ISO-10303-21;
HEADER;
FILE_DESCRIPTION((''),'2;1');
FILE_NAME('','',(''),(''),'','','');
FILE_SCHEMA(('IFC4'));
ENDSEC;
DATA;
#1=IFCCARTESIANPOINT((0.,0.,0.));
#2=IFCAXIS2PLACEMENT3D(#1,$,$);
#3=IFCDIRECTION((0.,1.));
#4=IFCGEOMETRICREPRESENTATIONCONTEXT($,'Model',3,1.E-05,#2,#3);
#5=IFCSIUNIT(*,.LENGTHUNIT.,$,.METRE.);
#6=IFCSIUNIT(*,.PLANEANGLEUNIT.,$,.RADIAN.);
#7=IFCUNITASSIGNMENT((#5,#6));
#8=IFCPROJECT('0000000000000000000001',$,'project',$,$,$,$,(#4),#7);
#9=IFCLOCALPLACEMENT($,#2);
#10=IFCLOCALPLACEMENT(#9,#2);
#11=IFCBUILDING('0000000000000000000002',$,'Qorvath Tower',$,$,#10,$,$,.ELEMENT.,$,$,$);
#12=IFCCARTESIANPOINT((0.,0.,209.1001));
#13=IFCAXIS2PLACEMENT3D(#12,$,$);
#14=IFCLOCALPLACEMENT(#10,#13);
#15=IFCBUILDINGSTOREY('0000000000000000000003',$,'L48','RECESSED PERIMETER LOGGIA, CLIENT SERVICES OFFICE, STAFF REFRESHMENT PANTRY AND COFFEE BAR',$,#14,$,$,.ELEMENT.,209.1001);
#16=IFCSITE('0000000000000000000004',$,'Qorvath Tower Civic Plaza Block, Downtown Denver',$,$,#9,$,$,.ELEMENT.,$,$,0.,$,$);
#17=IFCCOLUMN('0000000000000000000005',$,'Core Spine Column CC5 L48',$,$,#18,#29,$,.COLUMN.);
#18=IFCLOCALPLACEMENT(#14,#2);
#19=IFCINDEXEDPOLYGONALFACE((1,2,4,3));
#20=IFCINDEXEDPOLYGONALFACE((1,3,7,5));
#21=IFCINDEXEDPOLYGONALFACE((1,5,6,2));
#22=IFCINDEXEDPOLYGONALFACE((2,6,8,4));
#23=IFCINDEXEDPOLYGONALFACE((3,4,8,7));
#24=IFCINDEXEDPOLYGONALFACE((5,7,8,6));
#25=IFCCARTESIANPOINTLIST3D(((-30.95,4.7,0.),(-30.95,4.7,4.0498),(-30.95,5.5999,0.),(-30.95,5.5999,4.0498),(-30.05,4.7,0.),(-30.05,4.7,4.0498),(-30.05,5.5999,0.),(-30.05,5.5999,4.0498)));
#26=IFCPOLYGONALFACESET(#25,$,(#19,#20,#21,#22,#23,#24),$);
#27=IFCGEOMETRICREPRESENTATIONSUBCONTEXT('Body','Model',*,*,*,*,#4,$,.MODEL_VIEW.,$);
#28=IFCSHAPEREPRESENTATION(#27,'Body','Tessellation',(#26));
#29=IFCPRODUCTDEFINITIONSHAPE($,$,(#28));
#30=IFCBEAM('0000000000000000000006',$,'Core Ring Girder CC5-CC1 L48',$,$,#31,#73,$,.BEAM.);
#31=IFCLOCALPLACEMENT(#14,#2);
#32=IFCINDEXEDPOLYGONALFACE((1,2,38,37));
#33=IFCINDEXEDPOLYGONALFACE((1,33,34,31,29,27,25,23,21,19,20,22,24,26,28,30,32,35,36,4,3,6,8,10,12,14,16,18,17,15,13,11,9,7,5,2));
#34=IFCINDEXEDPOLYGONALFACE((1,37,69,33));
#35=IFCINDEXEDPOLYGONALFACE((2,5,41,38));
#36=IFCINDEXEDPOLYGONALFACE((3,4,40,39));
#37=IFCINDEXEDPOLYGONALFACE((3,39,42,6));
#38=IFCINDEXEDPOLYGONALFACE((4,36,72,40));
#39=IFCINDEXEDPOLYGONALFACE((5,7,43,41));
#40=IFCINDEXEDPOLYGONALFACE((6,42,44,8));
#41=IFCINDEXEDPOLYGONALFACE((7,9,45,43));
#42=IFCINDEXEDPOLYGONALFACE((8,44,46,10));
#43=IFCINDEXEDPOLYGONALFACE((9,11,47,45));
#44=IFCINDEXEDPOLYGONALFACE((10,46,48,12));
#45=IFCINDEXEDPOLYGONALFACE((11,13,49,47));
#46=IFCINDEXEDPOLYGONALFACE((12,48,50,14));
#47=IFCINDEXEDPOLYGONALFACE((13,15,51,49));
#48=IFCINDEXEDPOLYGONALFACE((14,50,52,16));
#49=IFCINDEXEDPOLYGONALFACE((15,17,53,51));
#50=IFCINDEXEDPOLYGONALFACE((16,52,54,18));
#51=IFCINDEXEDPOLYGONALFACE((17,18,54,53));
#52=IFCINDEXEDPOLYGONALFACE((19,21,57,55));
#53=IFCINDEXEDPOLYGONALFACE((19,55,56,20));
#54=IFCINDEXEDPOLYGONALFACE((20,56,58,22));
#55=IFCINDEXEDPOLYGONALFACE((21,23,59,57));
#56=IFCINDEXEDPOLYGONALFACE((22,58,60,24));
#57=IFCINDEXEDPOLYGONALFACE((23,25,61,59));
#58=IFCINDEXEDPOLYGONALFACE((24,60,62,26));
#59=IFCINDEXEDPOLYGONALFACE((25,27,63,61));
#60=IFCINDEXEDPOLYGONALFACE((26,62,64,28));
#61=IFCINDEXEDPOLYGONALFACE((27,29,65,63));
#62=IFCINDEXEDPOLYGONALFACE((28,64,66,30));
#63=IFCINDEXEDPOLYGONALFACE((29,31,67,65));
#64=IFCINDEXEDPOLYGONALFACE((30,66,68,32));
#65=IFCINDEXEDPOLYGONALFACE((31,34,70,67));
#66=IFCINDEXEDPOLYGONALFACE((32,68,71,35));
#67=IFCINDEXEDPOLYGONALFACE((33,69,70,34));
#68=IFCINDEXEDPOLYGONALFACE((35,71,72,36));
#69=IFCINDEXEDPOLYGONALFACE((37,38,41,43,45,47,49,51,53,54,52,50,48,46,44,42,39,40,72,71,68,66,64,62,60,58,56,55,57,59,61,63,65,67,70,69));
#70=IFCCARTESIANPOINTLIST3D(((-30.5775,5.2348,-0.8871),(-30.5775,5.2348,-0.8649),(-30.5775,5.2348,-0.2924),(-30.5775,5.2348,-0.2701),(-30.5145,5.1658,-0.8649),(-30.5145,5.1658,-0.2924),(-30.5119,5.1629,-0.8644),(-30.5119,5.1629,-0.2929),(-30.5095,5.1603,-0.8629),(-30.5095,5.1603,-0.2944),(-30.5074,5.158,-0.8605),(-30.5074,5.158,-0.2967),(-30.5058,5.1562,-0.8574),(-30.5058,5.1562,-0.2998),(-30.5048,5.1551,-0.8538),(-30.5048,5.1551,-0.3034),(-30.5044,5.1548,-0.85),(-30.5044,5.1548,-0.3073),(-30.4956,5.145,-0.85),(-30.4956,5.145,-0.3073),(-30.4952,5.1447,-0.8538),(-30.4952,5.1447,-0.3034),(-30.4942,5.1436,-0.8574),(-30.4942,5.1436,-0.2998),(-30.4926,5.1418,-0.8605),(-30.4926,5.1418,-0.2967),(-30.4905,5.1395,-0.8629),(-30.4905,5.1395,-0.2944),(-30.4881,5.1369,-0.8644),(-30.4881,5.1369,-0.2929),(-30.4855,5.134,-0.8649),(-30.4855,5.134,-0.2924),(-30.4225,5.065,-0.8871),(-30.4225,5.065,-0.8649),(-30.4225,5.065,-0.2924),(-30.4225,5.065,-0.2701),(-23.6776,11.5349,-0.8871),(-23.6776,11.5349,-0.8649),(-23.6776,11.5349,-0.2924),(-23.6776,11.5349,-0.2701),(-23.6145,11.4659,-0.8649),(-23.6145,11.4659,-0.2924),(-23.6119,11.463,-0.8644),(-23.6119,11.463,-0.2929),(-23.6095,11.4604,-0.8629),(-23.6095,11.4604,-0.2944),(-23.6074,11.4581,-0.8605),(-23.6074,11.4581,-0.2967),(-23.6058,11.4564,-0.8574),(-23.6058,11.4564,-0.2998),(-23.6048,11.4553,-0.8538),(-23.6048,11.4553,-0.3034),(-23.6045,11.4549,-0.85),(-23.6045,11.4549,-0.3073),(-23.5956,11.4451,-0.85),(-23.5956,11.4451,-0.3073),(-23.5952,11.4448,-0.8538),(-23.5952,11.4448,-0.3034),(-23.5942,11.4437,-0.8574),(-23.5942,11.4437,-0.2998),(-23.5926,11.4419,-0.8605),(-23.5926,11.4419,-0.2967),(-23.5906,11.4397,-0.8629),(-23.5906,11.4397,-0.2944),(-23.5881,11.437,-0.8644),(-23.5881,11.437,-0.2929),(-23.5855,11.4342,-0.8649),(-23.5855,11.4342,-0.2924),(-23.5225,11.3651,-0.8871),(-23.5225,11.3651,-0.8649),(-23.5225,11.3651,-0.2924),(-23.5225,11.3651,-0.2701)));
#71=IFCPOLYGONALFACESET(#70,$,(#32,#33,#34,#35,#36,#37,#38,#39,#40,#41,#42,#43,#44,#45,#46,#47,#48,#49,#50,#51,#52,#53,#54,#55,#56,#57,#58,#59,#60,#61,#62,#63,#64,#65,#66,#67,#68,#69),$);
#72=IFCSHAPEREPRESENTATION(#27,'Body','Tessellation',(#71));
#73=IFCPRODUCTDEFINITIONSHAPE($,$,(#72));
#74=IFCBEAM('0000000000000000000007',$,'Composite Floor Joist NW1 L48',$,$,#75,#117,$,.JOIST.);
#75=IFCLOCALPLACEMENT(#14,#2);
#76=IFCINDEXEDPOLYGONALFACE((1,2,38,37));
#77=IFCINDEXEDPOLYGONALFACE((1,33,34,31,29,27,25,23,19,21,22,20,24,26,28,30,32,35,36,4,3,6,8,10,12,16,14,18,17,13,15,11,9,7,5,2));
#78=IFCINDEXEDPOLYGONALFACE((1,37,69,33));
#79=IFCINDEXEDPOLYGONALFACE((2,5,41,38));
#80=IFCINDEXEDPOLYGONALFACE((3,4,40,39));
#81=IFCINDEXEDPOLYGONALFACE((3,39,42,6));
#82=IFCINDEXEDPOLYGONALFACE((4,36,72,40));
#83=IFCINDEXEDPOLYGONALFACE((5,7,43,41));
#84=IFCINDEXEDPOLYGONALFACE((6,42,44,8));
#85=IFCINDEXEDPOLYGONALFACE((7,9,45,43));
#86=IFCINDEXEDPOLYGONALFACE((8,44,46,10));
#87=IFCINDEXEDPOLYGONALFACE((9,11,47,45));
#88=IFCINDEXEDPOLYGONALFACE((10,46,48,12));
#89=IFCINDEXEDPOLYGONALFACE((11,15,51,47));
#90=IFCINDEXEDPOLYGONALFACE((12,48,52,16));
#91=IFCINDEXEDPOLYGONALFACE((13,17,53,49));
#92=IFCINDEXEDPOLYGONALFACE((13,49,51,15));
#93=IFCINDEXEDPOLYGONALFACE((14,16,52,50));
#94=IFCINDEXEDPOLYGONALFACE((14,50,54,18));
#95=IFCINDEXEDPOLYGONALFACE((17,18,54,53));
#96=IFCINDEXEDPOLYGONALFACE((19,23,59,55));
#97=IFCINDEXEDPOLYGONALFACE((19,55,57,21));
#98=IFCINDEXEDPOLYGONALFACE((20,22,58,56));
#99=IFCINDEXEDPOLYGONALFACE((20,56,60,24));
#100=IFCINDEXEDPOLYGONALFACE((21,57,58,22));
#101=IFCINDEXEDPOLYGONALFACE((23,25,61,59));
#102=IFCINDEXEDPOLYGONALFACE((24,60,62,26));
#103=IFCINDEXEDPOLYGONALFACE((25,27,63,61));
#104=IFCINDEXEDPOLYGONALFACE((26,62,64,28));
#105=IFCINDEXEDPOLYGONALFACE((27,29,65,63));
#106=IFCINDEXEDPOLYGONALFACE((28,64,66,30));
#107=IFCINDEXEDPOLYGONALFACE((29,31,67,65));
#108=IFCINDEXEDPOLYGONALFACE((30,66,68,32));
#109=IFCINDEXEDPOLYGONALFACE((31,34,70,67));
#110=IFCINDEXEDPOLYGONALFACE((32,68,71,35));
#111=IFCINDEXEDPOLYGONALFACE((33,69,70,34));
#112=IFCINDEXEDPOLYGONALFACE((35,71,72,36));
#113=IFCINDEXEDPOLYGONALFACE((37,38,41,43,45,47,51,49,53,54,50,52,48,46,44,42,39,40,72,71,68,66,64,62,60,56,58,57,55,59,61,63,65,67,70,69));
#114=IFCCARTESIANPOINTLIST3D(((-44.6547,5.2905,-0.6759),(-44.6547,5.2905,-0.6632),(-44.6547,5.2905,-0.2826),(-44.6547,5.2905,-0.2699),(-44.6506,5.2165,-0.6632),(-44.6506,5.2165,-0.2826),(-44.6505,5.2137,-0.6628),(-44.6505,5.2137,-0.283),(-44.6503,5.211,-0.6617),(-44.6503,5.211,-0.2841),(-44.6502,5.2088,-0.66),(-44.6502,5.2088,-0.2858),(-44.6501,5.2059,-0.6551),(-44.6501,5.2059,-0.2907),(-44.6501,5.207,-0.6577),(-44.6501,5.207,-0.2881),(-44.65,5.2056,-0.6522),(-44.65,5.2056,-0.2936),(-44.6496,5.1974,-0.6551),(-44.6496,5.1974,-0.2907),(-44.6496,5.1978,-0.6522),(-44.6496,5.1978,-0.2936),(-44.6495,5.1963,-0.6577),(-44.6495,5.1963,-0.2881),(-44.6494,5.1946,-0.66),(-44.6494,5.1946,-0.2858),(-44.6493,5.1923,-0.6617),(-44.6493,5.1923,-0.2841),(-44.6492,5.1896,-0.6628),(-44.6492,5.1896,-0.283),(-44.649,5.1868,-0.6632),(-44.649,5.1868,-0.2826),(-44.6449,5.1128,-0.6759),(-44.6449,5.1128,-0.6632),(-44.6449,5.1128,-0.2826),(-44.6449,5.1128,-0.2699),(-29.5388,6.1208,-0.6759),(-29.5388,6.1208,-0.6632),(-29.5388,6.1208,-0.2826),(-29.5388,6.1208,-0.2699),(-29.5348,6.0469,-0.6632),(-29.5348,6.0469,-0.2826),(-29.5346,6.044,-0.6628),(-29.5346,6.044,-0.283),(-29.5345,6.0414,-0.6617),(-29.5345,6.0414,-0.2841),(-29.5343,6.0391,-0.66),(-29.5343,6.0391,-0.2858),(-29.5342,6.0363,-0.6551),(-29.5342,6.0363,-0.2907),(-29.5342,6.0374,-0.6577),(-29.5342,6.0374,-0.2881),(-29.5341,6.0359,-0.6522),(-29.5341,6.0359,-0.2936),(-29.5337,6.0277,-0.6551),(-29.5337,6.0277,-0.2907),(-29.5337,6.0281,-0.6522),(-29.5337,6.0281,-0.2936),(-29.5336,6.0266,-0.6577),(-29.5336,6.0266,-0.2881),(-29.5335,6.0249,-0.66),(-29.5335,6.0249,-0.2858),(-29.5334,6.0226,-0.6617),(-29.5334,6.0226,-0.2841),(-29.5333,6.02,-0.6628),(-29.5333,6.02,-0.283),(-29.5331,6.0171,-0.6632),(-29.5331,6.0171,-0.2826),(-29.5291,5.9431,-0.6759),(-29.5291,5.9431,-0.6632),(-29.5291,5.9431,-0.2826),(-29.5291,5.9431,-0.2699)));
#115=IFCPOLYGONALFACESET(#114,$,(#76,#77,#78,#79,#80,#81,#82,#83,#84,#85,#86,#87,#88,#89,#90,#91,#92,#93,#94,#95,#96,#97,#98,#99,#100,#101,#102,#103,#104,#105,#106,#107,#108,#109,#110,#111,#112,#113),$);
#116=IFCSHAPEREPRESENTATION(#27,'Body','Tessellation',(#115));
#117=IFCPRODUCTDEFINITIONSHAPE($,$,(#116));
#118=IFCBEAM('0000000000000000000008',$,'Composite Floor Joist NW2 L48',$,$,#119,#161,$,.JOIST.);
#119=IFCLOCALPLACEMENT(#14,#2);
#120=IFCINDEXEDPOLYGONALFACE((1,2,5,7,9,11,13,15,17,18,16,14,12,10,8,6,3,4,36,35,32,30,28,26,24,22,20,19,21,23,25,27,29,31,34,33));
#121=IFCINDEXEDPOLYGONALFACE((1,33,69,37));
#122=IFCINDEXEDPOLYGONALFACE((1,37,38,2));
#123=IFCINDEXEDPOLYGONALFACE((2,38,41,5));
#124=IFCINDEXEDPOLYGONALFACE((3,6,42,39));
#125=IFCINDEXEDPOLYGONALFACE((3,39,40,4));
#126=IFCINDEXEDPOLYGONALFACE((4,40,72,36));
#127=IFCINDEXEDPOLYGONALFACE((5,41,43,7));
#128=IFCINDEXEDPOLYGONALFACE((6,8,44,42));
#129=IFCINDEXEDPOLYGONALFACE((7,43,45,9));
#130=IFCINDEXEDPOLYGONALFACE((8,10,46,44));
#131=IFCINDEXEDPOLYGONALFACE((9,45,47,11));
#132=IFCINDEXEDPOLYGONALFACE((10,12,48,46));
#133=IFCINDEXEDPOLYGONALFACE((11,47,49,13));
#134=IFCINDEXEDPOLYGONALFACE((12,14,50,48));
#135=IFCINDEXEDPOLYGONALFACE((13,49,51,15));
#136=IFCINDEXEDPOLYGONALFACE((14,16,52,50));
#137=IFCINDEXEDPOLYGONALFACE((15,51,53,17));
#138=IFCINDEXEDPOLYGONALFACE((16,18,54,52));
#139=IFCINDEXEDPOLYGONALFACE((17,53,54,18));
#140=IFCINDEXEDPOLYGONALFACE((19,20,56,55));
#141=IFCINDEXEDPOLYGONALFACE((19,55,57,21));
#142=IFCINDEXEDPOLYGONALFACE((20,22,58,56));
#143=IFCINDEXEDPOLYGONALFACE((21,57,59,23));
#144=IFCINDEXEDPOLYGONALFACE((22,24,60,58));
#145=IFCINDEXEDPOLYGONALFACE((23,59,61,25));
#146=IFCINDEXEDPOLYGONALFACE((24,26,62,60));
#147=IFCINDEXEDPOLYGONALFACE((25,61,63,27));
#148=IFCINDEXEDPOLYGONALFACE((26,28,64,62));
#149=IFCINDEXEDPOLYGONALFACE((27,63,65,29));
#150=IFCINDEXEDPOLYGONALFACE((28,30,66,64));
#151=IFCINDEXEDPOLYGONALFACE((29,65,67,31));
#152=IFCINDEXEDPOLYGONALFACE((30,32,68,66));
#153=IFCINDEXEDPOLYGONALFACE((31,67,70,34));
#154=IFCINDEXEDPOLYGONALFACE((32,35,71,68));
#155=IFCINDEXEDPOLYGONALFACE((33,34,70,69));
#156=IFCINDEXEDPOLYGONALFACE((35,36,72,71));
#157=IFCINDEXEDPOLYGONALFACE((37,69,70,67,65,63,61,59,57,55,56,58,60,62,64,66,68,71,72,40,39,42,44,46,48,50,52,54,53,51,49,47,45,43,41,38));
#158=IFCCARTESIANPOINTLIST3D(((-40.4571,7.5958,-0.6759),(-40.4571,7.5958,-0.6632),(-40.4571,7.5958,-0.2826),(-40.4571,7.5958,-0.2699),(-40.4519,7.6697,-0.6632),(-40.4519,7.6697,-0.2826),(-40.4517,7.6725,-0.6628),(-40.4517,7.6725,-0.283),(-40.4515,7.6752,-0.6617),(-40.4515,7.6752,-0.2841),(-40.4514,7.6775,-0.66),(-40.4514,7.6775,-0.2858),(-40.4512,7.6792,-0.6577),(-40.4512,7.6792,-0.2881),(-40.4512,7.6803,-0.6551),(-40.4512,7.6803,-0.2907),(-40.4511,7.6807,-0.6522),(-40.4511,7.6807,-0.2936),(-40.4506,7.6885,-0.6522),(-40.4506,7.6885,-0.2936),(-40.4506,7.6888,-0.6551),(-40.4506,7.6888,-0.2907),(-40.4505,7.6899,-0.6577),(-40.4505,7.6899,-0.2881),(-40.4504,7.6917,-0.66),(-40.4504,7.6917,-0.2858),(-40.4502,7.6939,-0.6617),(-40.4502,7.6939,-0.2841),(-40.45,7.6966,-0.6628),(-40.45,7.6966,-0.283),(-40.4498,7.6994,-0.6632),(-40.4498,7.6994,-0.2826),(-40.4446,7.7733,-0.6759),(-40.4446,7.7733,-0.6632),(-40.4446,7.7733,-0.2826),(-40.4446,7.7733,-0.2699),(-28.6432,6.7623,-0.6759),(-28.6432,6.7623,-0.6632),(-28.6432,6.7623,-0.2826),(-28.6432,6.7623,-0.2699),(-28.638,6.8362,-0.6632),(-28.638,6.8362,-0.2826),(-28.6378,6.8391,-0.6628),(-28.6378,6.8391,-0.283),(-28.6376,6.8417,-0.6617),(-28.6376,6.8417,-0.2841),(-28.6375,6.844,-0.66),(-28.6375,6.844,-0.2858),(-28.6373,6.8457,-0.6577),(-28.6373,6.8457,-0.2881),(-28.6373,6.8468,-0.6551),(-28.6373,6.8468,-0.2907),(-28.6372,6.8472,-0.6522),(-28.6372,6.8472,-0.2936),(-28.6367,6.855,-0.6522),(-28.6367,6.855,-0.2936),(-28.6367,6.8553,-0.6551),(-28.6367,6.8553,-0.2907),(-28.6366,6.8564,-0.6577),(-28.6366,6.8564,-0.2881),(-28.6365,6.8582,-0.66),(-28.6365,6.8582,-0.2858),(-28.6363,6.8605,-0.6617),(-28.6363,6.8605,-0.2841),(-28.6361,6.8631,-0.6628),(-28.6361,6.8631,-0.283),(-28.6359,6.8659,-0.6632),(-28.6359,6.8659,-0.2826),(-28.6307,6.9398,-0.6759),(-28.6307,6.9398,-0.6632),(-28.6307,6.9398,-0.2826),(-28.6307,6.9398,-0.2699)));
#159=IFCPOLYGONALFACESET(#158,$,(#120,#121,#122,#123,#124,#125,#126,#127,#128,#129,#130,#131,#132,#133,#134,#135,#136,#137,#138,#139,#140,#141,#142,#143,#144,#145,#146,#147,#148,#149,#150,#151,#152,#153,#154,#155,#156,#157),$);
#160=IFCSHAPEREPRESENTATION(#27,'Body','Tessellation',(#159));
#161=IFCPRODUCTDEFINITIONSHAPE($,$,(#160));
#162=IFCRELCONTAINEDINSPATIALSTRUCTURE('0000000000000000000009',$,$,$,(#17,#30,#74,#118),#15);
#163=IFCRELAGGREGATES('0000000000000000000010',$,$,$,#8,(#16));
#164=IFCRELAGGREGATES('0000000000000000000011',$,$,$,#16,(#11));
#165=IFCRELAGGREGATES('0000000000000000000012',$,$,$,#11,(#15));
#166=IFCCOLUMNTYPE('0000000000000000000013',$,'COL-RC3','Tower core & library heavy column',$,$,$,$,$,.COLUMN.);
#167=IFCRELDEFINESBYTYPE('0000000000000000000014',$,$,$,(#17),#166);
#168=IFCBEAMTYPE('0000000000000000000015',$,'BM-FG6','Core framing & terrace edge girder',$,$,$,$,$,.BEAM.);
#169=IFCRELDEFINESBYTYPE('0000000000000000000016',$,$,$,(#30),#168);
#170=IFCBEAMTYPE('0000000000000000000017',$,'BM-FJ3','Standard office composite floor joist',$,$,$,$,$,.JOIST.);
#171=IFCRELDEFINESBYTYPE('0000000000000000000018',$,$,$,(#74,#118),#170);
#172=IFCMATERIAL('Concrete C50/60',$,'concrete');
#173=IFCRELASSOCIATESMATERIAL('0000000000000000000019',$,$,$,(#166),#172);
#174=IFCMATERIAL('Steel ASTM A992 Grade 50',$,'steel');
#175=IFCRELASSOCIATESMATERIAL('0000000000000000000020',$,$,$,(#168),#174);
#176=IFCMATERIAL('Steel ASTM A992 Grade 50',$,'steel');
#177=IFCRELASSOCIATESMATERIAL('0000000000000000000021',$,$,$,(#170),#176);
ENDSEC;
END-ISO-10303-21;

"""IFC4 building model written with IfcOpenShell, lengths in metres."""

from ifc_helpers import new_model, si_unit, direction, frame, origin, origin_2d, place, context, subcontext, project, spatial, rectangle, i_section, extrude, material, material_profile, profile_set, type_object, element, save


model = new_model("IFC4")

# Units and contexts
model_context = context("Model", 3, precision=1e-05, world=origin(), true_north=direction((0.0, 1.0)))
body_context = subcontext(model_context, "Body", "Model", "MODEL_VIEW")
ifc_project = project(units=[si_unit("LENGTHUNIT", "METRE"), si_unit("PLANEANGLEUNIT", "RADIAN")], contexts=[model_context])

# Site, building, storey
site_placement = place(None, origin())
site = spatial("IfcSite", under=ifc_project, at=site_placement, Name="Qorvath Tower Civic Plaza Block, Downtown Denver", CompositionType="ELEMENT", RefElevation=0.0)
building_placement = place(site_placement, origin())
building = spatial("IfcBuilding", under=site, at=building_placement, Name="Qorvath Tower", CompositionType="ELEMENT")
storey_placement = place(building_placement, frame((0.0, 0.0, 209.1001)))
storey = spatial("IfcBuildingStorey", under=building, at=storey_placement, Name="L48", Description="RECESSED PERIMETER LOGGIA, CLIENT SERVICES OFFICE, STAFF REFRESHMENT PANTRY AND COFFEE BAR", CompositionType="ELEMENT", Elevation=209.1001)

# Column
ifc_material_1 = material(Name="Concrete C50/60", Category="concrete")
ifc_material_profile_1 = material_profile(ifc_material_1, rectangle(XDim=0.8999, YDim=0.8999, at=origin_2d()), Name="RC 900x900")
ifc_profile_set_1 = profile_set([ifc_material_profile_1], Name="Concrete C50/60")
column_type = type_object("IfcColumnType", Name="COL-RC3", Description="Tower core & library heavy column", PredefinedType="COLUMN", material=ifc_profile_set_1)
column_placement = place(storey_placement, frame((-30.5, 5.1499, 0.0), z_axis=(0.0, 0.0, 1.0), x_axis=(1.0, 0.0, 0.0)))
element("IfcColumn", 1, at=column_placement, inside=storey, type_object=column_type, Name="Core Spine Column CC5 L48", PredefinedType="COLUMN", context=body_context, shape_type="SweptSolid", body=[
    extrude(rectangle(XDim=0.8999, YDim=0.8999, at=origin_2d()), origin(), (0.0, 0.0, 1.0), 4.0498),
])

# Beams
ifc_material_2 = material(Name="Steel ASTM A992 Grade 50", Category="steel")
ifc_material_profile_2 = material_profile(ifc_material_2, i_section(OverallWidth=0.23, OverallDepth=0.6169, WebThickness=0.0132, FlangeThickness=0.0222, FilletRadius=0.0149, at=origin_2d()), Name="W24x94")
ifc_profile_set_2 = profile_set([ifc_material_profile_2], Name="Steel ASTM A992 Grade 50")
beam_type_1 = type_object("IfcBeamType", Name="BM-FG6", Description="Core framing & terrace edge girder", PredefinedType="BEAM", material=ifc_profile_set_2)
beam_1_placement = place(storey_placement, frame((-30.5, 5.1499, -0.5786), z_axis=(0.738478, 0.674277, 0.0), x_axis=(-0.674277, 0.738478, 0.0)))
element("IfcBeam", 2, at=beam_1_placement, inside=storey, type_object=beam_type_1, Name="Core Ring Girder CC5-CC1 L48", PredefinedType="BEAM", context=body_context, shape_type="SweptSolid", body=[
    extrude(i_section(OverallWidth=0.23, OverallDepth=0.6169, WebThickness=0.0132, FlangeThickness=0.0222, FilletRadius=0.0149, at=origin_2d()), origin(), (0.0, 0.0, 1.0), 9.3435),
])
ifc_material_3 = material(Name="Steel ASTM A992 Grade 50", Category="steel")
ifc_material_profile_3 = material_profile(ifc_material_3, i_section(OverallWidth=0.178, OverallDepth=0.406, WebThickness=0.0078, FlangeThickness=0.0127, FilletRadius=0.011, at=origin_2d()), Name="W16x40")
ifc_profile_set_3 = profile_set([ifc_material_profile_3], Name="Steel ASTM A992 Grade 50")
beam_type_2 = type_object("IfcBeamType", Name="BM-FJ3", Description="Standard office composite floor joist", PredefinedType="JOIST", material=ifc_profile_set_3)
beam_2_placement = place(storey_placement, frame((-29.5339, 6.032, -0.4729), z_axis=(-0.998495, -0.054847, 0.0), x_axis=(0.054847, -0.998495, 0.0)))
element("IfcBeam", 3, at=beam_2_placement, inside=storey, type_object=beam_type_2, Name="Composite Floor Joist NW1 L48", PredefinedType="JOIST", context=body_context, shape_type="SweptSolid", body=[
    extrude(i_section(OverallWidth=0.178, OverallDepth=0.406, WebThickness=0.0078, FlangeThickness=0.0127, FilletRadius=0.011, at=origin_2d()), origin(), (0.0, 0.0, 1.0), 15.1387),
])
beam_3_placement = place(storey_placement, frame((-28.637, 6.8511, -0.4729), z_axis=(-0.99752, 0.070377, 0.0), x_axis=(-0.070377, -0.99752, 0.0)))
element("IfcBeam", 4, at=beam_3_placement, inside=storey, type_object=beam_type_2, Name="Composite Floor Joist NW2 L48", PredefinedType="JOIST", context=body_context, shape_type="SweptSolid", body=[
    extrude(i_section(OverallWidth=0.178, OverallDepth=0.406, WebThickness=0.0078, FlangeThickness=0.0127, FilletRadius=0.011, at=origin_2d()), origin(), (0.0, 0.0, 1.0), 11.8433),
])

save(model, "model.ifc")
